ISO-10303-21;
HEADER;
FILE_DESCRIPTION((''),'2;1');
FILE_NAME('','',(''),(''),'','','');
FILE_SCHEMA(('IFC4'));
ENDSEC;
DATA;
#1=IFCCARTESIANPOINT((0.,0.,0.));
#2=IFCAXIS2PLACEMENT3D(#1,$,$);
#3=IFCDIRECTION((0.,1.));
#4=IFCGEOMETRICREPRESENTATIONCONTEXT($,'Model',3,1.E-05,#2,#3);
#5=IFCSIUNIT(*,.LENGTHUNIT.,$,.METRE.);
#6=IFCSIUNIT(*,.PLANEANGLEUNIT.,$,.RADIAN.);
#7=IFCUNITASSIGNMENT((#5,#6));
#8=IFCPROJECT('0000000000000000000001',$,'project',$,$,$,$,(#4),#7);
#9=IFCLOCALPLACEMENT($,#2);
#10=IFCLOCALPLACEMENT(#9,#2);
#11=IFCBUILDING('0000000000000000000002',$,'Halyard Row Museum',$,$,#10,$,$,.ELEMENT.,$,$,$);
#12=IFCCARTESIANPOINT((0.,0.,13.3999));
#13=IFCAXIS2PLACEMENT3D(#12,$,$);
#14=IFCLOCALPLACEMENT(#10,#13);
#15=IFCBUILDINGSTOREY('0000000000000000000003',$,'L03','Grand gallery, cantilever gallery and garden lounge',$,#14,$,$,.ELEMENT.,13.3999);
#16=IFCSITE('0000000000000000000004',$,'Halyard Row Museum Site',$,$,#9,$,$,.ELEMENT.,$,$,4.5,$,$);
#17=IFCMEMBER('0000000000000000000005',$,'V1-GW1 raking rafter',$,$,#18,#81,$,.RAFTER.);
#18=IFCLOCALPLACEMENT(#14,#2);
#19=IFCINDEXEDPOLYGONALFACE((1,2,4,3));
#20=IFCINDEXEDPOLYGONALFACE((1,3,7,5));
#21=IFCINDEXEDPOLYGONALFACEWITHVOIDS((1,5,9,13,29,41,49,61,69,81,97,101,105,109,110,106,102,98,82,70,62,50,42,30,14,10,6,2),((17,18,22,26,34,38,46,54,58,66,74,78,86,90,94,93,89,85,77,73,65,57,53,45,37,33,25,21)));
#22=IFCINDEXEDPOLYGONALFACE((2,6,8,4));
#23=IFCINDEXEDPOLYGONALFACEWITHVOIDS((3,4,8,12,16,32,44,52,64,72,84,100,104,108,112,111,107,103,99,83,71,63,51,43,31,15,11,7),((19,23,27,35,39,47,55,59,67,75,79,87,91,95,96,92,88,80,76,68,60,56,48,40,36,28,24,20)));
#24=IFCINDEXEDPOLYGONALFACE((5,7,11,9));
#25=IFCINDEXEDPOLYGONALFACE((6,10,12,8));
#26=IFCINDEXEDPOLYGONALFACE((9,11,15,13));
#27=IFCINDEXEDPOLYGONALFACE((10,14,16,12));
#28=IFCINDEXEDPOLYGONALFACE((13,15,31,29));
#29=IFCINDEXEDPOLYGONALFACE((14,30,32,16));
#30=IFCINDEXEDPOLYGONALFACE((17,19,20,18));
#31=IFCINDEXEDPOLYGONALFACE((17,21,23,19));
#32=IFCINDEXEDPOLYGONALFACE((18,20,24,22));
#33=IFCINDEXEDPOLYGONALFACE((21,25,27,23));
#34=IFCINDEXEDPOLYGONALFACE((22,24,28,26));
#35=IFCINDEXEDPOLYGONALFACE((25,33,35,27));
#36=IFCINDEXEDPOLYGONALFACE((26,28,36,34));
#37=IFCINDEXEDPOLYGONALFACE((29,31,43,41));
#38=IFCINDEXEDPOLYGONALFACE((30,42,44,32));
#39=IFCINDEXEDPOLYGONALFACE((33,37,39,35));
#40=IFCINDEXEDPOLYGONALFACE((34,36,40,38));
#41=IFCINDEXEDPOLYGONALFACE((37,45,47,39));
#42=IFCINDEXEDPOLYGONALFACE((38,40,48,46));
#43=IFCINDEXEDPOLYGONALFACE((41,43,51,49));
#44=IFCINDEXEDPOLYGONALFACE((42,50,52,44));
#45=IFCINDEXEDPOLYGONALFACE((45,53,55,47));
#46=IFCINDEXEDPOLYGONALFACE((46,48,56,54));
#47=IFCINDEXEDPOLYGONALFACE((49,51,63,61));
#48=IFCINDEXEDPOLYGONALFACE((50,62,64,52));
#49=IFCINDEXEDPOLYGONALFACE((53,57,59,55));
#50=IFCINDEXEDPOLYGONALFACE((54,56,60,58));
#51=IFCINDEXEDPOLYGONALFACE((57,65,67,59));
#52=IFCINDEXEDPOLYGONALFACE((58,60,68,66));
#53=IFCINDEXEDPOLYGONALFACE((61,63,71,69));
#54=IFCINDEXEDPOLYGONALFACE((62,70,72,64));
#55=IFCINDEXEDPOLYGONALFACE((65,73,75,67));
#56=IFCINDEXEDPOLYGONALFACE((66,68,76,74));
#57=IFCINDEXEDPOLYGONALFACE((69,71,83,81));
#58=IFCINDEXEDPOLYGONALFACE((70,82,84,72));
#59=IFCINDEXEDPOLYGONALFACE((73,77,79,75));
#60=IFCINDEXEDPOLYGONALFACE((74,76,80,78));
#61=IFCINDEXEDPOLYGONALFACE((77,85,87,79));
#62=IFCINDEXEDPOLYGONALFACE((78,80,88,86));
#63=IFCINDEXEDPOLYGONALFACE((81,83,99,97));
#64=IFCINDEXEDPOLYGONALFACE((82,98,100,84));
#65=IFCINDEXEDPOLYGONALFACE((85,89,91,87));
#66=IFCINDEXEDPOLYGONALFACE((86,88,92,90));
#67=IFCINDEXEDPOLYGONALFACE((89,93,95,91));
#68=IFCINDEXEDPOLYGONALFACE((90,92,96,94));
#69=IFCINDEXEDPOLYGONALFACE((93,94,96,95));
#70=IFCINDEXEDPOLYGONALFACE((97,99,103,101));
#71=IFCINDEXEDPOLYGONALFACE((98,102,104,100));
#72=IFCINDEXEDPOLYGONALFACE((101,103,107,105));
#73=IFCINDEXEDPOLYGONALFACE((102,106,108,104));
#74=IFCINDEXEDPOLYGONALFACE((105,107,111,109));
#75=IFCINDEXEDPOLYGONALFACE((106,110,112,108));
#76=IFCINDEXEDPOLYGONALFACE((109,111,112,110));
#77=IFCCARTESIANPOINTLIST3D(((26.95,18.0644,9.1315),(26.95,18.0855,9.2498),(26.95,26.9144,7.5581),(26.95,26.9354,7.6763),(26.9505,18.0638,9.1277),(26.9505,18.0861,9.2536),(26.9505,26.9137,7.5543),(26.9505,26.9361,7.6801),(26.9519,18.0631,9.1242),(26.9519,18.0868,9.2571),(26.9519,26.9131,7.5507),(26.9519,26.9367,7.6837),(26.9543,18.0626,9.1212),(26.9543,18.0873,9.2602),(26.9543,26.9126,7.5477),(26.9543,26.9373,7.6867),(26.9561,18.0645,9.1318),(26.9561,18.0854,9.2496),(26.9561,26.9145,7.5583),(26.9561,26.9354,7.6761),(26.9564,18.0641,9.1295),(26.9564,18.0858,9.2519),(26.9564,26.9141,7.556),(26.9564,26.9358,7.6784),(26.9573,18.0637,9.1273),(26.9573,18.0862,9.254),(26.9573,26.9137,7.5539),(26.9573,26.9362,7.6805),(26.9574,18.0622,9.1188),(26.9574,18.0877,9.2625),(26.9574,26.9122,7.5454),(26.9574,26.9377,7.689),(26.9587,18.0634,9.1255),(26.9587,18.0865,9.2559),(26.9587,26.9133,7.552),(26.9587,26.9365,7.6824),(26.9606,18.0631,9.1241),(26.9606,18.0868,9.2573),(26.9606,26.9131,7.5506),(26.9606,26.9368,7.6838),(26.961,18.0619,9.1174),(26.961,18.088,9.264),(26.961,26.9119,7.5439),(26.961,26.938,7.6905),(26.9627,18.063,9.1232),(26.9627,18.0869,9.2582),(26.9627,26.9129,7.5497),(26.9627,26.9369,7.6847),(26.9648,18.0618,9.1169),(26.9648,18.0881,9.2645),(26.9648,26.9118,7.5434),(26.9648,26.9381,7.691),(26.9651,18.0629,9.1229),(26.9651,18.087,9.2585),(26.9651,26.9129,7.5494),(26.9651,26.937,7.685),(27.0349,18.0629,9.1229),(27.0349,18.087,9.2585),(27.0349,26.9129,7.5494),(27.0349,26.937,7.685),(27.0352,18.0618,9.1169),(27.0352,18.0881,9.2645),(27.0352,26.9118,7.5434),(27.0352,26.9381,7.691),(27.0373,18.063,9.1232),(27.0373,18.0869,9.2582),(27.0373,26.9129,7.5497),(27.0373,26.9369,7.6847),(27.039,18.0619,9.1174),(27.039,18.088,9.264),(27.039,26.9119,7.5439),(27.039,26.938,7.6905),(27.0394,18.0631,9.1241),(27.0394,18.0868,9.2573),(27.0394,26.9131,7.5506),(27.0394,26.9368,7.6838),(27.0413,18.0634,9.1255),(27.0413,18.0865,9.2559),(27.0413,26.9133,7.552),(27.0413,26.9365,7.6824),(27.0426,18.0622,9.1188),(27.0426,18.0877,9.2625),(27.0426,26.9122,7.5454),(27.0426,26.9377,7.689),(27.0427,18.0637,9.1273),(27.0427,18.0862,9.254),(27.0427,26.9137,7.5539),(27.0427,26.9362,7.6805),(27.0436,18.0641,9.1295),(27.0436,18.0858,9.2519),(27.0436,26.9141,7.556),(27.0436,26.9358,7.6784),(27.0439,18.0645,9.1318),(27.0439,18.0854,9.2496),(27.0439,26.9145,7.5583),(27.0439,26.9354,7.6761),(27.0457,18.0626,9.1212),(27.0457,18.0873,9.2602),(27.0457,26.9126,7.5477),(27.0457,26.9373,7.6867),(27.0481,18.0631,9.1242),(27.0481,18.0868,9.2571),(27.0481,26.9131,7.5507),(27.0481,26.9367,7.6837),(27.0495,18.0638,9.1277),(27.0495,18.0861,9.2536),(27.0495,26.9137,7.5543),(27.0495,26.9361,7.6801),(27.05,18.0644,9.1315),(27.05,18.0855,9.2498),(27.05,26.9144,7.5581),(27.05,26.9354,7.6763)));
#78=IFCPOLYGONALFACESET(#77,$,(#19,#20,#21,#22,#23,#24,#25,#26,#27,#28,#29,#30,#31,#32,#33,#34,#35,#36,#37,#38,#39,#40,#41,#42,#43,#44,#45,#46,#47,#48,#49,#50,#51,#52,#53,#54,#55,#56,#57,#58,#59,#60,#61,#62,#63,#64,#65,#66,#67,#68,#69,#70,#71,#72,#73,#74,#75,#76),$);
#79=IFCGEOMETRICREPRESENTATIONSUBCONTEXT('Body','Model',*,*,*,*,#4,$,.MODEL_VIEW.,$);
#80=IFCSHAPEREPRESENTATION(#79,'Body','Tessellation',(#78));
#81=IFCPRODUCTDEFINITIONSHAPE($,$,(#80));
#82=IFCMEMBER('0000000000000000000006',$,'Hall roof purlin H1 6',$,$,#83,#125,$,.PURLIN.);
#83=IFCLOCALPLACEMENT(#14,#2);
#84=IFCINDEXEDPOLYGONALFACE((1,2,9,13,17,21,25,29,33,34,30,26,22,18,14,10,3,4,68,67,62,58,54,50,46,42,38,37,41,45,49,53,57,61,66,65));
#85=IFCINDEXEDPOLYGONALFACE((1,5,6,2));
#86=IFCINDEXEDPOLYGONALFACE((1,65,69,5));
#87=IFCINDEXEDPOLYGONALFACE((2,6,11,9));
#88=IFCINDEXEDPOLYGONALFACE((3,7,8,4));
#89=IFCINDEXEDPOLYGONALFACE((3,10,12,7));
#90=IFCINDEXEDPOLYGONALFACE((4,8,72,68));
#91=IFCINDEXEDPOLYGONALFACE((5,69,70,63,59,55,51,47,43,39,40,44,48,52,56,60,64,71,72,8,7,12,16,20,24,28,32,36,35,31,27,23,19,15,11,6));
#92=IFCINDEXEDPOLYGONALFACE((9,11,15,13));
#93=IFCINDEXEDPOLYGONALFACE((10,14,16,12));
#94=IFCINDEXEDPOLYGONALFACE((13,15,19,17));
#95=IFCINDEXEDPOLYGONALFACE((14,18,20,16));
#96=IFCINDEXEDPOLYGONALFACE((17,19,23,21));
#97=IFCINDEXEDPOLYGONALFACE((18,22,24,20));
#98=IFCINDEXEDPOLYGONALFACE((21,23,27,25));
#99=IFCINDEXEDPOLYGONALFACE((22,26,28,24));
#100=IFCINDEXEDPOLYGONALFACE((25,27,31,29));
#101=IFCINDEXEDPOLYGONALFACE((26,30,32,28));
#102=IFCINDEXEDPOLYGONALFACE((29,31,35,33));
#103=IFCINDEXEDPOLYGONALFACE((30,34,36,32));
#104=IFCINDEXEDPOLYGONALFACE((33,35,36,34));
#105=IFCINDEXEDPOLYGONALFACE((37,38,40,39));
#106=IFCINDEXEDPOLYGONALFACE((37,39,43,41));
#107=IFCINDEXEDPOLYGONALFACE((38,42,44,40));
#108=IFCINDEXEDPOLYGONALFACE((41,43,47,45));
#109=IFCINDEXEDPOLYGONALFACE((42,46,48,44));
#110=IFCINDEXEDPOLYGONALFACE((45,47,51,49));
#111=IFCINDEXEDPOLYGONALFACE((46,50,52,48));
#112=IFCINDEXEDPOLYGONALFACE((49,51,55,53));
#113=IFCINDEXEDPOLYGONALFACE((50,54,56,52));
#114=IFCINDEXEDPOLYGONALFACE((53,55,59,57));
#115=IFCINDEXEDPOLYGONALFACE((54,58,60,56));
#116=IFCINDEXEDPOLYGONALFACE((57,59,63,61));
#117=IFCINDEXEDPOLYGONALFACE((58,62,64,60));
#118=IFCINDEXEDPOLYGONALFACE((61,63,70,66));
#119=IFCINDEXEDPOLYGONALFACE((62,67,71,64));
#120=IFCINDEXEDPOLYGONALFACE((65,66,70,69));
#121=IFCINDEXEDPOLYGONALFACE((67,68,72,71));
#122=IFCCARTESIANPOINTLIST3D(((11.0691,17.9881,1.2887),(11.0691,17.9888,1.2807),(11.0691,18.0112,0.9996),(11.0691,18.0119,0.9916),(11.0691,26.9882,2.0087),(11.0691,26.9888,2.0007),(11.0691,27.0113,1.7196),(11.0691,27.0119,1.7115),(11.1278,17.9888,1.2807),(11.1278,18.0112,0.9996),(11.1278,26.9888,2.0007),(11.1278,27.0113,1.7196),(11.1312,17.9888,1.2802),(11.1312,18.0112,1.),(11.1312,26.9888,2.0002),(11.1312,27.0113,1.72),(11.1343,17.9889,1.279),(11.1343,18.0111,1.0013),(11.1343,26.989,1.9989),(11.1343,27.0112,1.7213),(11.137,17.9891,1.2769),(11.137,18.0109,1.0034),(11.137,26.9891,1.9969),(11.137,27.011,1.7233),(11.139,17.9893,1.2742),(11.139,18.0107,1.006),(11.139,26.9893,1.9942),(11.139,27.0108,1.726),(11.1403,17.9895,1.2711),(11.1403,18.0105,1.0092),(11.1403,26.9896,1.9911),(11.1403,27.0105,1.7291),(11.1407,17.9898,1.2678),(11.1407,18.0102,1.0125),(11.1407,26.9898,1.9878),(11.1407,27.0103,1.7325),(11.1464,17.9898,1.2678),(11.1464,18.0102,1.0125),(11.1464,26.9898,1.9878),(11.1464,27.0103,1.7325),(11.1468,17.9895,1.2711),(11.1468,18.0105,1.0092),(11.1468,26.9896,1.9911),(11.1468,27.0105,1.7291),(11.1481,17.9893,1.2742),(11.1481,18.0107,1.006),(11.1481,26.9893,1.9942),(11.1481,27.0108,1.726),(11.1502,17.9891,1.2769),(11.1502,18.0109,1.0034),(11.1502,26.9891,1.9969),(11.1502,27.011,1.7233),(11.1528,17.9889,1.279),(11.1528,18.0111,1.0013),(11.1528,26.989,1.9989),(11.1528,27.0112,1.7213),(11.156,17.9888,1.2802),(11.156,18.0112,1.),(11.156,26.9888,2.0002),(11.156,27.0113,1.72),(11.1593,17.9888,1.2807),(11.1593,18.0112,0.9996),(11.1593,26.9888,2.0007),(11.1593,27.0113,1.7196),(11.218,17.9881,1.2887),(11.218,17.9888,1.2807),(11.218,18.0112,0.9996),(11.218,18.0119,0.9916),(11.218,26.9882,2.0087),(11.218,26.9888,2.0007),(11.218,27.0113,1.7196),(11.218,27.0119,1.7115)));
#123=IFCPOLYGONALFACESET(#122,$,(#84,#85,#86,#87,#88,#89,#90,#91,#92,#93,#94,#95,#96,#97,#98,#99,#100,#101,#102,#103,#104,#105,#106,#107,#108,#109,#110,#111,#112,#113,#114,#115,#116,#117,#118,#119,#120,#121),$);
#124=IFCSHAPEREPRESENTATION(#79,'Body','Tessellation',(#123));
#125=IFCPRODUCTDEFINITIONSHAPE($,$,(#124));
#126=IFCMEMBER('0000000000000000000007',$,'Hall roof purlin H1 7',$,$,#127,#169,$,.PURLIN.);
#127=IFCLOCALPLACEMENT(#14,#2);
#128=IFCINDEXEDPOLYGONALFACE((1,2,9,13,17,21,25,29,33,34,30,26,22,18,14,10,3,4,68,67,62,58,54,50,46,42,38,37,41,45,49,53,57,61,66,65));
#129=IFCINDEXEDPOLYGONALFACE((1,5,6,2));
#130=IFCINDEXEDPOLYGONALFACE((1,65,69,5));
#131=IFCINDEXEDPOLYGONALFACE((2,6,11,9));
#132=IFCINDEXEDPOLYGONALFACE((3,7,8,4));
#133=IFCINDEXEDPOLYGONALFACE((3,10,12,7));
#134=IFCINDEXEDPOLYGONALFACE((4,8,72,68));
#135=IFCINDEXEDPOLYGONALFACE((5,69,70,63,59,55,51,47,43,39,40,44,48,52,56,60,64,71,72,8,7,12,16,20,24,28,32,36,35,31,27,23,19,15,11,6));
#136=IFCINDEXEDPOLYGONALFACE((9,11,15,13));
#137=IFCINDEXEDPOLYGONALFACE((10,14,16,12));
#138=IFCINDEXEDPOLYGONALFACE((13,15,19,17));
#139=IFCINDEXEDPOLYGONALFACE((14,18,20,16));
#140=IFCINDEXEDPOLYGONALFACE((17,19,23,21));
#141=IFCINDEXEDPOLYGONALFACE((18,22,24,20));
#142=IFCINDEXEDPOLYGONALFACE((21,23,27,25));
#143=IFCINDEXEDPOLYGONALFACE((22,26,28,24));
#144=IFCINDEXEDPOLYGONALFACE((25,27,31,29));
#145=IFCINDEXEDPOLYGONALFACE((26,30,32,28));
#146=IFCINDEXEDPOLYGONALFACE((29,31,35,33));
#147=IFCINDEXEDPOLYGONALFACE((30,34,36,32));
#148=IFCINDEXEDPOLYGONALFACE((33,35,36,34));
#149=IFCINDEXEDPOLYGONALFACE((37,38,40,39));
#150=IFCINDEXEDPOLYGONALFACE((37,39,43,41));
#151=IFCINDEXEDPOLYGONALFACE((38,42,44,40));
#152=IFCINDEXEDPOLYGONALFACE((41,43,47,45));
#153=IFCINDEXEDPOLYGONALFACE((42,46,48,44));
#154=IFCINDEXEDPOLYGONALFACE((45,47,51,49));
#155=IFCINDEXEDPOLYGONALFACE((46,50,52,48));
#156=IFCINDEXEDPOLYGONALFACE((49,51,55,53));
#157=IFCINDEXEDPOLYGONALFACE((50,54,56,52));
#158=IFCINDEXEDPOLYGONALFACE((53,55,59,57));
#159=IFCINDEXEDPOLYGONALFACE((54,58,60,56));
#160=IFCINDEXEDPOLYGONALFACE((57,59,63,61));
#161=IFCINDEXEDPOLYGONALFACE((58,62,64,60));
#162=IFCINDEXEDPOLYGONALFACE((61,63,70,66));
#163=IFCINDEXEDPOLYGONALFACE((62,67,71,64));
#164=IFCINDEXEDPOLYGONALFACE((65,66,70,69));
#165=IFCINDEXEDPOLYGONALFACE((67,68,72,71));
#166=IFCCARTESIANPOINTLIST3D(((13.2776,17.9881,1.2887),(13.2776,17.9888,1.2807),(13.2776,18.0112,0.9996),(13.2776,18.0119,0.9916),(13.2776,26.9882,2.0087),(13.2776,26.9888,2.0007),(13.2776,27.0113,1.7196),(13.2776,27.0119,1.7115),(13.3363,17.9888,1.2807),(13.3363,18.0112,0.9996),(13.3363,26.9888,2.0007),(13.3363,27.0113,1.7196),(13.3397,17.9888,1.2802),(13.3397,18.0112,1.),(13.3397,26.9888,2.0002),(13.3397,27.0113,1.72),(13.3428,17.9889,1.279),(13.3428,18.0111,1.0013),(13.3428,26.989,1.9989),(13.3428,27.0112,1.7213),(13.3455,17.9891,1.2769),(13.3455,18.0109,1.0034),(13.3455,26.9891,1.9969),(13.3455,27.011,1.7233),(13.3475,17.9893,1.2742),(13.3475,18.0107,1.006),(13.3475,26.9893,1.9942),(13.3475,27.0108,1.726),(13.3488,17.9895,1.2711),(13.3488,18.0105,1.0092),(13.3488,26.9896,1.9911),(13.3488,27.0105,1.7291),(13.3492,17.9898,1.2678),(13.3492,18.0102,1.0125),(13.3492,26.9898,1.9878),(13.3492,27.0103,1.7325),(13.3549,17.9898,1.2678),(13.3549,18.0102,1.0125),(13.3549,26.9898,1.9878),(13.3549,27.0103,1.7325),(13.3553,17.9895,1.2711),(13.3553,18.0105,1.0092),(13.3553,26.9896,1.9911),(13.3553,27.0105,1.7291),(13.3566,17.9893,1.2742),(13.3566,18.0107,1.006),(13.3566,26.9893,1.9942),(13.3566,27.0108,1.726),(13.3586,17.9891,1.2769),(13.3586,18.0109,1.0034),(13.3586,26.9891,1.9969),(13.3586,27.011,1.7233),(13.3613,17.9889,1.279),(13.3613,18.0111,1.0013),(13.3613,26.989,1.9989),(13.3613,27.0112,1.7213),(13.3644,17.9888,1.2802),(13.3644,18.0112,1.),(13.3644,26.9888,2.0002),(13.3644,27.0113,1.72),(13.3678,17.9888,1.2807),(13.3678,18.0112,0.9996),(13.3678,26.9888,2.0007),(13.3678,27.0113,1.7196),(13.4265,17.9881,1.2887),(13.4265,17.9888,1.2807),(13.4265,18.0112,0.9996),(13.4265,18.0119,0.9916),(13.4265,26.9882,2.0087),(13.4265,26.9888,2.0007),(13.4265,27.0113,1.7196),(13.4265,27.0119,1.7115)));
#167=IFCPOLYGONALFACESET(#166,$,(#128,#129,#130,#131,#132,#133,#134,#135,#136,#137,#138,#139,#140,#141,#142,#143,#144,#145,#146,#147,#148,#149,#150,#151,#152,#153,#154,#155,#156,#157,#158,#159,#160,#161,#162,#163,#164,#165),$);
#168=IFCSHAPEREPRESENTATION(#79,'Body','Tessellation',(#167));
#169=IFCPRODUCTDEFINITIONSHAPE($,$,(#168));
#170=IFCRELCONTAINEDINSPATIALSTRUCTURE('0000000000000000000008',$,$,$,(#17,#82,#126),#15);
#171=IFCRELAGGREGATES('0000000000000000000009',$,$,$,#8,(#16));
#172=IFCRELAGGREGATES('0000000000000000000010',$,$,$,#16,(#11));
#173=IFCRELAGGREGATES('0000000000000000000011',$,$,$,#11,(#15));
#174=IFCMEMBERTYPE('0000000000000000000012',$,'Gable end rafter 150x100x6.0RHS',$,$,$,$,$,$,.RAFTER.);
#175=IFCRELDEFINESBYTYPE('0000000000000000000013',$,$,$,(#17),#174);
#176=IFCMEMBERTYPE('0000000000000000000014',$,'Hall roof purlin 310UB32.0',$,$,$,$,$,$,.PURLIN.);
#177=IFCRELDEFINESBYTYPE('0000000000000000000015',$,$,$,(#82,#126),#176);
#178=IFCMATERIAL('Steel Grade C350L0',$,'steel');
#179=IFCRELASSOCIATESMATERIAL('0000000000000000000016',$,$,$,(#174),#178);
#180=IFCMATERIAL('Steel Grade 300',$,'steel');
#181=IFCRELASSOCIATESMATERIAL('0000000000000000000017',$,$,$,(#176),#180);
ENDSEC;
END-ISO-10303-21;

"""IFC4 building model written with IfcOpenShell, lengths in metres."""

from ifc_helpers import new_model, si_unit, direction, frame, origin, origin_2d, place, context, subcontext, project, spatial, hollow_rectangle, i_section, extrude, material, material_profile, profile_set, type_object, element, save


model = new_model("IFC4")

# Units and contexts
model_context = context("Model", 3, precision=1e-05, world=origin(), true_north=direction((0.0, 1.0)))
body_context = subcontext(model_context, "Body", "Model", "MODEL_VIEW")
ifc_project = project(units=[si_unit("LENGTHUNIT", "METRE"), si_unit("PLANEANGLEUNIT", "RADIAN")], contexts=[model_context])

# Site, building, storey
site_placement = place(None, origin())
site = spatial("IfcSite", under=ifc_project, at=site_placement, Name="Halyard Row Museum Site", CompositionType="ELEMENT", RefElevation=4.5)
building_placement = place(site_placement, origin())
building = spatial("IfcBuilding", under=site, at=building_placement, Name="Halyard Row Museum", CompositionType="ELEMENT")
storey_placement = place(building_placement, frame((0.0, 0.0, 13.3999)))
storey = spatial("IfcBuildingStorey", under=building, at=storey_placement, Name="L03", Description="Grand gallery, cantilever gallery and garden lounge", CompositionType="ELEMENT", Elevation=13.3999)

# Members
ifc_material_1 = material(Name="Steel Grade C350L0", Category="steel")
ifc_material_profile_1 = material_profile(ifc_material_1, hollow_rectangle(XDim=0.1001, YDim=0.1499, WallThickness=0.0061, InnerFilletRadius=0.009, OuterFilletRadius=0.0149, at=origin_2d()), Name="150x100x6.0RHS")
ifc_profile_set_1 = profile_set([ifc_material_profile_1], Name="Steel Grade C350L0")
member_type_1 = type_object("IfcMemberType", Name="Gable end rafter 150x100x6.0RHS", PredefinedType="RAFTER", material=ifc_profile_set_1)
member_1_placement = place(storey_placement, frame((27.0, 18.075, 9.1907), z_axis=(0.0, 0.98456, -0.175048), x_axis=(-1.0, 0.0, 0.0)))
element("IfcMember", 1, at=member_1_placement, inside=storey, type_object=member_type_1, Name="V1-GW1 raking rafter", PredefinedType="RAFTER", context=body_context, shape_type="SweptSolid", body=[
    extrude(hollow_rectangle(XDim=0.1001, YDim=0.1499, WallThickness=0.0061, InnerFilletRadius=0.009, OuterFilletRadius=0.0149, at=origin_2d()), origin(), (0.0, 0.0, 1.0), 8.9888),
])
ifc_material_2 = material(Name="Steel Grade 300", Category="steel")
ifc_material_profile_2 = material_profile(ifc_material_2, i_section(OverallWidth=0.1489, OverallDepth=0.2981, WebThickness=0.0056, FlangeThickness=0.0081, FilletRadius=0.0129, at=origin_2d()), Name="310UB32.0")
ifc_profile_set_2 = profile_set([ifc_material_profile_2], Name="Steel Grade 300")
member_type_2 = type_object("IfcMemberType", Name="Hall roof purlin 310UB32.0", PredefinedType="PURLIN", material=ifc_profile_set_2)
for number, where, z_axis, x_axis, name in (
    (2, (11.1436, 18.0, 1.1401), (0.0, 0.996816, 0.079742), (-1.0, 0.0, 0.0), "Hall roof purlin H1 6"),
    (3, (13.3521, 18.0, 1.1401), (0.0, 0.996816, 0.079742), (-1.0, 0.0, 0.0), "Hall roof purlin H1 7"),
):
    element("IfcMember", number, at=place(storey_placement, frame(where, z_axis=z_axis, x_axis=x_axis)), inside=storey, type_object=member_type_2, Name=name, PredefinedType="PURLIN", context=body_context, shape_type="SweptSolid", body=[
        extrude(i_section(OverallWidth=0.1489, OverallDepth=0.2981, WebThickness=0.0056, FlangeThickness=0.0081, FilletRadius=0.0129, at=origin_2d()), origin(), (0.0, 0.0, 1.0), 9.0288),
    ])

save(model, "model.ifc")
